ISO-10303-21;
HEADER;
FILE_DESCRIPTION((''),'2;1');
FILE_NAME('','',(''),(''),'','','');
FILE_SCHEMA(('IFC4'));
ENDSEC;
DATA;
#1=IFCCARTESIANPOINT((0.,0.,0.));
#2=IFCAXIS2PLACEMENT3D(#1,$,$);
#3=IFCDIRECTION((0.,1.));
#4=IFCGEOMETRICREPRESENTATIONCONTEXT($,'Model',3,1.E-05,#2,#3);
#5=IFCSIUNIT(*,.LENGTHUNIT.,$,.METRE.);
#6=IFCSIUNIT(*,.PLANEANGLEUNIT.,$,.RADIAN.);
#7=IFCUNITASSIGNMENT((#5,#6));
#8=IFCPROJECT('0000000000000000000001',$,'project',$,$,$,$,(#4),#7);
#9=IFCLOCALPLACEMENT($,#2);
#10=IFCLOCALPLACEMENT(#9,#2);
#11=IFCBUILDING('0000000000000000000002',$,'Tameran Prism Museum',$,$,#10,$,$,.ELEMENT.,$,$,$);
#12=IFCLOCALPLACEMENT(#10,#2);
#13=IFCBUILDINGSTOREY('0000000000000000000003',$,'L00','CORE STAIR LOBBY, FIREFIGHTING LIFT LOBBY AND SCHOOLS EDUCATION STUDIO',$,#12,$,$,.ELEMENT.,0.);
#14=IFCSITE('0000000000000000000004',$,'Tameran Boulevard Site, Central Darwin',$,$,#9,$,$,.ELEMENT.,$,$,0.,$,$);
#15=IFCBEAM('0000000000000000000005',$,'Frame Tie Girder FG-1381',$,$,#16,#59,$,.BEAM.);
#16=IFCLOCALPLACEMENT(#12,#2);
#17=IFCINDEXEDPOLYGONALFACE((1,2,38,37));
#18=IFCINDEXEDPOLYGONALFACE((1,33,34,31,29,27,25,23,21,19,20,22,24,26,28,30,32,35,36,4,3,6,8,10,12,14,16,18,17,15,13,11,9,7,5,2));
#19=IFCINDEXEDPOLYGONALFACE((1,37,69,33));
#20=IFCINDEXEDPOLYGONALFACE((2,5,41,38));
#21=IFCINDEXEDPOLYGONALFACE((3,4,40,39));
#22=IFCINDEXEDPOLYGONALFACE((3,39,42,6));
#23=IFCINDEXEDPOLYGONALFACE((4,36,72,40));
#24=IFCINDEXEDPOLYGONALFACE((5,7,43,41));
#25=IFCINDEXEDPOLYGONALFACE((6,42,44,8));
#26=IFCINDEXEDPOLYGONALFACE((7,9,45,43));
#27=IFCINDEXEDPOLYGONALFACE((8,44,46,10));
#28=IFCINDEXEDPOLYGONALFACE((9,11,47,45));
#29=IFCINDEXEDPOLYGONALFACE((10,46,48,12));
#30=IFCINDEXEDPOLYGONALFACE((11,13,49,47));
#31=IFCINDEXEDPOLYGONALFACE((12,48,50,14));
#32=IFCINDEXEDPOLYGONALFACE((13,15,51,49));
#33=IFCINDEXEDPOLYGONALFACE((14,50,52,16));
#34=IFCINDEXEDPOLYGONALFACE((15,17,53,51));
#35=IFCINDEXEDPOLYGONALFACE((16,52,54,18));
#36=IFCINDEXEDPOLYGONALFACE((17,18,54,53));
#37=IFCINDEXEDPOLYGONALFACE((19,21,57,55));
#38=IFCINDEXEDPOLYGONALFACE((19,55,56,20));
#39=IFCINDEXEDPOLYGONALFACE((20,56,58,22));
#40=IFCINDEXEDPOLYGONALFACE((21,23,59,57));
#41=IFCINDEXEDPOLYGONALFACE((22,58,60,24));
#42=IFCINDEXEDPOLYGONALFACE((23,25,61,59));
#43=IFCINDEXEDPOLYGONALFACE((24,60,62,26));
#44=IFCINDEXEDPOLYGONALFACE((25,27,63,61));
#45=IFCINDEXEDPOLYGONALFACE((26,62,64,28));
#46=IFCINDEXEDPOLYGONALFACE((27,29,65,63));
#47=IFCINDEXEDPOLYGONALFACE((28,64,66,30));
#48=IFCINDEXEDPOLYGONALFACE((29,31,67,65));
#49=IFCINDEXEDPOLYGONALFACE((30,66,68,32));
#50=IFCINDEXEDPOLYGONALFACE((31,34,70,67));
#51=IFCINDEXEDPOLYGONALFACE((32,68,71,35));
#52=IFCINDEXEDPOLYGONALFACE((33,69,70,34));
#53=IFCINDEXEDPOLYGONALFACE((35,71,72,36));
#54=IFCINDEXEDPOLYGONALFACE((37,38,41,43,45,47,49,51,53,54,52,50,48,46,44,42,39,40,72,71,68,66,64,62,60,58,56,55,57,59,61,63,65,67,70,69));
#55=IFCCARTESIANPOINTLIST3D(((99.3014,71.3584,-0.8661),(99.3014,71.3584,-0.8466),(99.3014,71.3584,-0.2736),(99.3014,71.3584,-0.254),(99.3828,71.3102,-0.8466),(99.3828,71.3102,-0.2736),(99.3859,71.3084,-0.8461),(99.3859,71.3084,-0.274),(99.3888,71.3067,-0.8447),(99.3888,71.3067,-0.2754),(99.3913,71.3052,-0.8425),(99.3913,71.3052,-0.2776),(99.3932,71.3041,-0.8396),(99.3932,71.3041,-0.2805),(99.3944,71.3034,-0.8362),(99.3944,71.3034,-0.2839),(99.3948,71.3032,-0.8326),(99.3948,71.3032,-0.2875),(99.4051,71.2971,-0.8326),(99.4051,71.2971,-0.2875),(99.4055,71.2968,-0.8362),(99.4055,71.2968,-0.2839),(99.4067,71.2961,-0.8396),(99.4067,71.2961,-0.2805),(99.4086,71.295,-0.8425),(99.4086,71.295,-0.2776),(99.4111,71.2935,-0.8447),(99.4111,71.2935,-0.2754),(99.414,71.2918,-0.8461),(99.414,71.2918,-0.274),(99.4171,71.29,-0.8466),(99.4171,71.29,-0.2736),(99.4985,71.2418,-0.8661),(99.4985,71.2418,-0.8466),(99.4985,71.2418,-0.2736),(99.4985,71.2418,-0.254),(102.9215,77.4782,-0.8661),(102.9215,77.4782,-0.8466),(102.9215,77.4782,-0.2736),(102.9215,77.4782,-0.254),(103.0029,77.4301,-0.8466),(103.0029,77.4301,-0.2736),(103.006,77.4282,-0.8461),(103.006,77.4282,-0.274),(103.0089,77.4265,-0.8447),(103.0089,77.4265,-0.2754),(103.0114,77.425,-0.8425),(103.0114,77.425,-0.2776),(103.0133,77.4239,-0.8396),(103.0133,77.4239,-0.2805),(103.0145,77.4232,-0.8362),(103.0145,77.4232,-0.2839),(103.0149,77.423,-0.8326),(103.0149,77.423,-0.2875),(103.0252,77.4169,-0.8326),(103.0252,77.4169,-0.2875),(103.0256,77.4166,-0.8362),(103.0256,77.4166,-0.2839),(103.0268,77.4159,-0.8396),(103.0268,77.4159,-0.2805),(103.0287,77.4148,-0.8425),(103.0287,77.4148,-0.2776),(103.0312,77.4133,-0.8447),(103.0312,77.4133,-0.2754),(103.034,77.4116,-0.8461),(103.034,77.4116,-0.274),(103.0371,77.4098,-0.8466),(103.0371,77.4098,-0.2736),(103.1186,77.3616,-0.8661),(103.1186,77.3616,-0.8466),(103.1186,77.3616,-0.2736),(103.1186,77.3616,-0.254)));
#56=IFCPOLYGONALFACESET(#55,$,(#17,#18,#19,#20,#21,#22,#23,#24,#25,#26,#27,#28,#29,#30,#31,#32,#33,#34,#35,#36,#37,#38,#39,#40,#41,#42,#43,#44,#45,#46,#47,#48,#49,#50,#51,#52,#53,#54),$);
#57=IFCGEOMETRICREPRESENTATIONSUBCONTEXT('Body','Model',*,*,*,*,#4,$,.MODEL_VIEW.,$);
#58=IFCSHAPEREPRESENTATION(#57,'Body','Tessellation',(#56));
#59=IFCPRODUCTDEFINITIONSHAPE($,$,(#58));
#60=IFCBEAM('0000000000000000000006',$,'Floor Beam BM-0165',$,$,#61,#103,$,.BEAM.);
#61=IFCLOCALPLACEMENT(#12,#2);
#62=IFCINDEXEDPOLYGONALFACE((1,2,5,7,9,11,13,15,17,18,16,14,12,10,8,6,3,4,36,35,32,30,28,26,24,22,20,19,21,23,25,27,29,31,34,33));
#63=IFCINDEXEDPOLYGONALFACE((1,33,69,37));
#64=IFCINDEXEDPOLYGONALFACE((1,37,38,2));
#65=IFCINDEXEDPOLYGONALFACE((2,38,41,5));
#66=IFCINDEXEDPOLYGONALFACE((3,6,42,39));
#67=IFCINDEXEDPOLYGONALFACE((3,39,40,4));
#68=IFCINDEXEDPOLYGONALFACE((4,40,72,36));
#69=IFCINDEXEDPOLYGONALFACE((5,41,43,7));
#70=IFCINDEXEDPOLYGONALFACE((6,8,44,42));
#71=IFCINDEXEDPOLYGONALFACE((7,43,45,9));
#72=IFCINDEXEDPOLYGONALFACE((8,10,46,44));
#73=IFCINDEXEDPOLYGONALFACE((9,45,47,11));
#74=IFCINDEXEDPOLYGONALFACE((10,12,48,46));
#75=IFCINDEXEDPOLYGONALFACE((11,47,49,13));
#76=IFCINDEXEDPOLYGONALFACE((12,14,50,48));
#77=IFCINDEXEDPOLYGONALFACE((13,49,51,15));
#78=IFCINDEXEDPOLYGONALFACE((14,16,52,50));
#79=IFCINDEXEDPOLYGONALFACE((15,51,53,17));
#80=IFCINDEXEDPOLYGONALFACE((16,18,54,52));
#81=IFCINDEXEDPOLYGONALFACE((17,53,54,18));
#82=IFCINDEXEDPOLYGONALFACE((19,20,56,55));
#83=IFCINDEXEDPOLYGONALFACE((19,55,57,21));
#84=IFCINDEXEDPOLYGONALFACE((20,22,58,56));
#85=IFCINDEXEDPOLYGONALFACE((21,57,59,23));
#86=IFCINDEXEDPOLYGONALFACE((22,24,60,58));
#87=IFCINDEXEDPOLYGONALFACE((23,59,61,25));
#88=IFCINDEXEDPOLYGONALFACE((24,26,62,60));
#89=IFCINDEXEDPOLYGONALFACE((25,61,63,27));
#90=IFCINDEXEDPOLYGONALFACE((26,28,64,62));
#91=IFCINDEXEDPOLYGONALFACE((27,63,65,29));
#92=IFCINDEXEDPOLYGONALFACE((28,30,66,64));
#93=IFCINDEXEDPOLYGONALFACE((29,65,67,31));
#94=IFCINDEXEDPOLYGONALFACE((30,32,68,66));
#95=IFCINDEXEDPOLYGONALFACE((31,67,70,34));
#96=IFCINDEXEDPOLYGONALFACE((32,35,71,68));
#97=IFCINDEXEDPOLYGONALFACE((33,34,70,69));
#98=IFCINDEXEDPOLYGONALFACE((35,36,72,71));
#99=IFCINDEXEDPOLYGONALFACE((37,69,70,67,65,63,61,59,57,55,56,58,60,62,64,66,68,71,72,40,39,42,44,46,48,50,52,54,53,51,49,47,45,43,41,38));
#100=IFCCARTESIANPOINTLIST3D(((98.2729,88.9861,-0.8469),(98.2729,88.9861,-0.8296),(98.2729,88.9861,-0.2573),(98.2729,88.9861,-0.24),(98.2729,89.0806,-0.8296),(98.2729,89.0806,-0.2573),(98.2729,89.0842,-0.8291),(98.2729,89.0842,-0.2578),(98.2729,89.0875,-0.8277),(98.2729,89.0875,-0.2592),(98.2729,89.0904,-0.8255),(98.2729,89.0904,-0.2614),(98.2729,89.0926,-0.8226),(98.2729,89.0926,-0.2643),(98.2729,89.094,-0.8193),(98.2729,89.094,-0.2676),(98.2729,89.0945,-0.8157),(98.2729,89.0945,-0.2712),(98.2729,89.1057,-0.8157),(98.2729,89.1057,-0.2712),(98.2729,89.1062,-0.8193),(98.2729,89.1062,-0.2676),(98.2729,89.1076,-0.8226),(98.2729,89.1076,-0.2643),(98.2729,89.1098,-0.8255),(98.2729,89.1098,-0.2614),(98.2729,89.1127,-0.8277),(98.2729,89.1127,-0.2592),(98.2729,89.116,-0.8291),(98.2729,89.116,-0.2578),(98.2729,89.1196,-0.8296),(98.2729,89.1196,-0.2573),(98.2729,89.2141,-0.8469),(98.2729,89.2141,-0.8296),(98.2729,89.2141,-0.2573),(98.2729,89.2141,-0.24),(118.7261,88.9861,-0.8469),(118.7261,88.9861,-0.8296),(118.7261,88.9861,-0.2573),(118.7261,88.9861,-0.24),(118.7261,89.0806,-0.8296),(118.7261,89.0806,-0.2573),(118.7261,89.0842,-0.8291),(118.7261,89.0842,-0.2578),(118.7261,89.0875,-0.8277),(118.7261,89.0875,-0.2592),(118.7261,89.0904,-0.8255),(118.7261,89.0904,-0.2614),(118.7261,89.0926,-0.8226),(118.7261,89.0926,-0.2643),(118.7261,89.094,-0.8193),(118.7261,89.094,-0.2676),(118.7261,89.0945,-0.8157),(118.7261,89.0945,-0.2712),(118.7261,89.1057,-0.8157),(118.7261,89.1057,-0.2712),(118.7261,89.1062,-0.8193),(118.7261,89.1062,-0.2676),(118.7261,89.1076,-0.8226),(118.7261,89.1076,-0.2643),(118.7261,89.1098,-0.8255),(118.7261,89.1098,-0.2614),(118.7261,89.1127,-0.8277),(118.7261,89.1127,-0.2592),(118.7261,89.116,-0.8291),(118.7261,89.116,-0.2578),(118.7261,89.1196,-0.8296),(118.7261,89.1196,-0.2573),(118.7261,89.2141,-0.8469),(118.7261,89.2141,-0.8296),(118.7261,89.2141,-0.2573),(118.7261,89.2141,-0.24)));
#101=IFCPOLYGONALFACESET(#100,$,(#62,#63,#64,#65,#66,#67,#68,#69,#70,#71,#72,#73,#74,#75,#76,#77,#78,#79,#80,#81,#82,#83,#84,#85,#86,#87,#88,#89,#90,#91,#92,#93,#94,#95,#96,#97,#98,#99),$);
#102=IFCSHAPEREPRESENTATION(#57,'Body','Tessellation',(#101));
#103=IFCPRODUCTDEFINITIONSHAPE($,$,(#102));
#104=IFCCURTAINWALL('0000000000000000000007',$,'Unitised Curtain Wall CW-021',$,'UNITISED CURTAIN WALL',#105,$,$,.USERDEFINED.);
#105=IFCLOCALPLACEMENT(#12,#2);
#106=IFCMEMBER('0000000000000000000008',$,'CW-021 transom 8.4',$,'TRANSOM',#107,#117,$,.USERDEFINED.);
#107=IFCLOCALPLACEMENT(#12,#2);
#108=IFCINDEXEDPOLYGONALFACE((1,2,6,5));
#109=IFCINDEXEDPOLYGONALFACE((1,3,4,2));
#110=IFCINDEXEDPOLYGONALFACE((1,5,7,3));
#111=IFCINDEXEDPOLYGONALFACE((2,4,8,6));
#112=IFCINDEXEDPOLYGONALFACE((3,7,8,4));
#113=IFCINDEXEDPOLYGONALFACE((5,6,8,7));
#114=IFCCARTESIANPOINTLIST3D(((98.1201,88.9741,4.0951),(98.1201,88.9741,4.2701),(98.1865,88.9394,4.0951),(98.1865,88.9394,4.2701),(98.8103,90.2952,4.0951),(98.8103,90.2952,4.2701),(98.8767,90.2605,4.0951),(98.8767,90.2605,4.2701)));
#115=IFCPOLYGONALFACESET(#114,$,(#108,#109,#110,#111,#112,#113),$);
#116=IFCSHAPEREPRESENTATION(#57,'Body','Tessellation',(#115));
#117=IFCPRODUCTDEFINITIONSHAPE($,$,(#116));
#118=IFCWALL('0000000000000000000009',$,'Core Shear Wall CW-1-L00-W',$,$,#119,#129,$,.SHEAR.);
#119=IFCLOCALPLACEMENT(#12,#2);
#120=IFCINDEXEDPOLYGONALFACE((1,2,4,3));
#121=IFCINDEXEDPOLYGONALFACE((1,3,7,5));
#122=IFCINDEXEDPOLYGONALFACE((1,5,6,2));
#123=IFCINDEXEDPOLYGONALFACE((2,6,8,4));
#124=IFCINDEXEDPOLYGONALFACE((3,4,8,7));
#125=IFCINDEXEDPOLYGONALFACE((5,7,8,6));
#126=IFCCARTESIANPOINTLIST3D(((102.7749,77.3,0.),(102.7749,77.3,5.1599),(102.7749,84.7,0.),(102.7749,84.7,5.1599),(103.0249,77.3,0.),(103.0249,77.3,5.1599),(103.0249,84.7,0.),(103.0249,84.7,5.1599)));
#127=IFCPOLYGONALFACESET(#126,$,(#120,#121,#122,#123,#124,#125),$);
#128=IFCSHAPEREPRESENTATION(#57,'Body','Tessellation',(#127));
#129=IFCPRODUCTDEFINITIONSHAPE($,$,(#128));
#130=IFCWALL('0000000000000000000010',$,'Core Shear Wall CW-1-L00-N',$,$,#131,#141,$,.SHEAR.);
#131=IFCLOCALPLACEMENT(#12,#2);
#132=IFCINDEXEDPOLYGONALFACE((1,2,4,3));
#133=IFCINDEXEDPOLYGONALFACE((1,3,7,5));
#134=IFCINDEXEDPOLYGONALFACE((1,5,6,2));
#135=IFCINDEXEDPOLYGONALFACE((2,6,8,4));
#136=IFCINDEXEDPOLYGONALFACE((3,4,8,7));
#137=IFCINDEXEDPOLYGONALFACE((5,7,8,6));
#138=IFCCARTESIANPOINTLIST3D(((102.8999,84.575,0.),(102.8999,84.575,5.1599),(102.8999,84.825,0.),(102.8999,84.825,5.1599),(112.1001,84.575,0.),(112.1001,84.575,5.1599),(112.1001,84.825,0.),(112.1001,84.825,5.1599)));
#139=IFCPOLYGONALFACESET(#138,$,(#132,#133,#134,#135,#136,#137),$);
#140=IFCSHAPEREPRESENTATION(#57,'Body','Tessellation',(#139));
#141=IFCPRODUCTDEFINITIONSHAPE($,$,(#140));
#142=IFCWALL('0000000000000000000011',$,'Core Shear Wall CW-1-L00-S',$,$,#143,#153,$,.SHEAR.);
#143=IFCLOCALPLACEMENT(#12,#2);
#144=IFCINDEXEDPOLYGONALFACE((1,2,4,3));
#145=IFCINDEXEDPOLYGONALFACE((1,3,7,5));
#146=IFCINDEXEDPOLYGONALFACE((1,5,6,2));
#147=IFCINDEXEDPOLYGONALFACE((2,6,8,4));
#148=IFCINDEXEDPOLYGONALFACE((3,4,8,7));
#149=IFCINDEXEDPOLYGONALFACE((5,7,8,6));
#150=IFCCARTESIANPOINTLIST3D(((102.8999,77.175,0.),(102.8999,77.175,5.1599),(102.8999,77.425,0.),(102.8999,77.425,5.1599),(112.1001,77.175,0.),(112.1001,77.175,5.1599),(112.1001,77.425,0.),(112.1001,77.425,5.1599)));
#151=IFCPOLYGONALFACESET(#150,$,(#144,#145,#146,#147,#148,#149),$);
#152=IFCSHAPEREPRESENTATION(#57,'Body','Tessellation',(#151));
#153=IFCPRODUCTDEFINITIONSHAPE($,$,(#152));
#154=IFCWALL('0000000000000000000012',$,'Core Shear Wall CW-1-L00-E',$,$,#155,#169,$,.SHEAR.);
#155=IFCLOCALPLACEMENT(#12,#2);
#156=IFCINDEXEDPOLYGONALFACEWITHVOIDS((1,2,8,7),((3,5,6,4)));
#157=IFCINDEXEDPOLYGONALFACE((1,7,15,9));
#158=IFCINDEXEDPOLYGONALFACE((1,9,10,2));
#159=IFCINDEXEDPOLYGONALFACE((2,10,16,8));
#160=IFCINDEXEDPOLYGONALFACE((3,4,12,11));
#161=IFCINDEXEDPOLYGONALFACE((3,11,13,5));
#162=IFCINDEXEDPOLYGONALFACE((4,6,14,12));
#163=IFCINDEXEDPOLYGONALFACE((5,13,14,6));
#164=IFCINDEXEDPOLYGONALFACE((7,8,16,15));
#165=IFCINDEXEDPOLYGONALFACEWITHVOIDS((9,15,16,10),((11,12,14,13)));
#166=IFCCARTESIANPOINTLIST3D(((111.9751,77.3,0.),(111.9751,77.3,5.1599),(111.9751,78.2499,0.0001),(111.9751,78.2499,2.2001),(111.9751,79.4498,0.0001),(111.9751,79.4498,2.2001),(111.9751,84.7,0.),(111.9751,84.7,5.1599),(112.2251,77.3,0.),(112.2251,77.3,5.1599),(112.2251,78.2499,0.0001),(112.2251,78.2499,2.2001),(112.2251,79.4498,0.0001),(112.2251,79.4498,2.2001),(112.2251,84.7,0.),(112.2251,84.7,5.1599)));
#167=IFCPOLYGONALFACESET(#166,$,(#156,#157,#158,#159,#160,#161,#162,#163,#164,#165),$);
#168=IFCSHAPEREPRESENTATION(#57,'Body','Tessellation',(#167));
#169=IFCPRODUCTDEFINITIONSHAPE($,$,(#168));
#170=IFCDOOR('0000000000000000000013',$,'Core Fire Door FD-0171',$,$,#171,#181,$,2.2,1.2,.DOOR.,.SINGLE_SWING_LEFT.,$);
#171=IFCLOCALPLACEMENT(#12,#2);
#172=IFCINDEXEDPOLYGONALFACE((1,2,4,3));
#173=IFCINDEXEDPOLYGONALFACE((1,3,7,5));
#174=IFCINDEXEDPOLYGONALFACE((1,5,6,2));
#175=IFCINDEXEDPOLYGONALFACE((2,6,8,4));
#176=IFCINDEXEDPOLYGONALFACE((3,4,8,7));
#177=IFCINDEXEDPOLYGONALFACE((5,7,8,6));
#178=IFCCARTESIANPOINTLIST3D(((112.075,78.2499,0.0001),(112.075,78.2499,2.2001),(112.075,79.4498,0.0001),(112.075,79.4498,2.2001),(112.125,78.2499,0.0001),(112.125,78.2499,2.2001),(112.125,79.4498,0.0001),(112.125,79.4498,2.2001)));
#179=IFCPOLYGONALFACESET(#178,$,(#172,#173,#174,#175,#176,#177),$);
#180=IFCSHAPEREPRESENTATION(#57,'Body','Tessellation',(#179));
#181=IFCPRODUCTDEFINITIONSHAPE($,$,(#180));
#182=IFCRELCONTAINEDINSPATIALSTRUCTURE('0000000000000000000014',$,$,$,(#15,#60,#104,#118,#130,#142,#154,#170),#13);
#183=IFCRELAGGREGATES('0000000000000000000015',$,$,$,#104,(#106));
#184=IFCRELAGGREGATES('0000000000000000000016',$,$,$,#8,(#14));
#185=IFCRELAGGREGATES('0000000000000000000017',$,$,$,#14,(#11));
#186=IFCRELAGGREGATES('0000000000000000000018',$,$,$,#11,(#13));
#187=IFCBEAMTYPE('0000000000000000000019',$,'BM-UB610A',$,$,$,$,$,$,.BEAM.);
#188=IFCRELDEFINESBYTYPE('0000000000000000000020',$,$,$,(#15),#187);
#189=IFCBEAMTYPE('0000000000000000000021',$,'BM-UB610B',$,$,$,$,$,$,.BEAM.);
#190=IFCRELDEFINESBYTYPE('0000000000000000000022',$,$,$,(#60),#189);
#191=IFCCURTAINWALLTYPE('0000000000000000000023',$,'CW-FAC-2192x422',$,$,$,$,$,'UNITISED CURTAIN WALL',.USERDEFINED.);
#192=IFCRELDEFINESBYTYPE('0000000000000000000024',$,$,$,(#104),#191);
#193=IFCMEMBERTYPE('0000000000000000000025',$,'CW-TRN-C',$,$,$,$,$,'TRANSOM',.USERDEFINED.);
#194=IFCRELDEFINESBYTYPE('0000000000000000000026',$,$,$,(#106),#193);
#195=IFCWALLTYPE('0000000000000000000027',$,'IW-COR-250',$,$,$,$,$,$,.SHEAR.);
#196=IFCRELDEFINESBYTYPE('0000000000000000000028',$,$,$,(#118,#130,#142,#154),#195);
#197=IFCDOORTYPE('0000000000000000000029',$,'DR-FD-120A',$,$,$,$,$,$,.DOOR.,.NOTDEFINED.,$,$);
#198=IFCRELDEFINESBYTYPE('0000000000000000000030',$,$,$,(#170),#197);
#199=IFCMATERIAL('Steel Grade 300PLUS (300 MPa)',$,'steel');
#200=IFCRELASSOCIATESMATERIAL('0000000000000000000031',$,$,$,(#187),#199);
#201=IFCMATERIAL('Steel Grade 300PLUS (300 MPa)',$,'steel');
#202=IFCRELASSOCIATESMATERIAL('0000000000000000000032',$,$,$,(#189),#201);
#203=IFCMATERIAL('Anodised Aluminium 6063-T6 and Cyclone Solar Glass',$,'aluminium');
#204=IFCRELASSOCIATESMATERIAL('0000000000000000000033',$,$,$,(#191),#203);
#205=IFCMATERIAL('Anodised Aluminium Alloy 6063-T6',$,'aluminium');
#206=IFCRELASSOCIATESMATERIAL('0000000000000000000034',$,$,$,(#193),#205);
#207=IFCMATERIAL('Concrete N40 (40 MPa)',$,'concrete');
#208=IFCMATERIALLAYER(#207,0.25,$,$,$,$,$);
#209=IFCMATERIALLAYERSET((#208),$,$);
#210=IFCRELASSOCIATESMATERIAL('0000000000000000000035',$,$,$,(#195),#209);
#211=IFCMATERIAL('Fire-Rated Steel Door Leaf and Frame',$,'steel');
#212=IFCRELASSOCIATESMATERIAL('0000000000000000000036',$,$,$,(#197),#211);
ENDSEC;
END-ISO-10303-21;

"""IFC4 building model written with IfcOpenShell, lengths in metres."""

from ifc_helpers import new_model, si_unit, direction, frame, frame_2d, origin, origin_2d, place, context, subcontext, project, spatial, rectangle, i_section, extrude, material, layer, layer_set, material_profile, profile_set, type_object, element, fill, aggregate, save


model = new_model("IFC4")

# Units and contexts
model_context = context("Model", 3, precision=1e-05, world=origin(), true_north=direction((0.0, 1.0)))
body_context = subcontext(model_context, "Body", "Model", "MODEL_VIEW")
ifc_project = project(units=[si_unit("LENGTHUNIT", "METRE"), si_unit("PLANEANGLEUNIT", "RADIAN")], contexts=[model_context])

# Site, building, storey
site_placement = place(None, origin())
site = spatial("IfcSite", under=ifc_project, at=site_placement, Name="Tameran Boulevard Site, Central Darwin", CompositionType="ELEMENT", RefElevation=0.0)
building_placement = place(site_placement, origin())
building = spatial("IfcBuilding", under=site, at=building_placement, Name="Tameran Prism Museum", CompositionType="ELEMENT")
storey_placement = place(building_placement, origin())
storey = spatial("IfcBuildingStorey", under=building, at=storey_placement, Name="L00", Description="CORE STAIR LOBBY, FIREFIGHTING LIFT LOBBY AND SCHOOLS EDUCATION STUDIO", CompositionType="ELEMENT", Elevation=0.0)

# Beams
ifc_material_1 = material(Name="Steel Grade 300PLUS (300 MPa)", Category="steel")
ifc_material_profile_1 = material_profile(ifc_material_1, i_section(OverallWidth=0.229, OverallDepth=0.6121, WebThickness=0.012, FlangeThickness=0.0195, FilletRadius=0.0139, at=origin_2d()))
ifc_profile_set_1 = profile_set([ifc_material_profile_1])
beam_type_1 = type_object("IfcBeamType", Name="BM-UB610A", PredefinedType="BEAM", material=ifc_profile_set_1)
beam_1_placement = place(storey_placement, frame((103.02, 77.4199, -0.5601), z_axis=(-0.509128, -0.860691, 0.0), x_axis=(0.860691, -0.509128, 0.0)))
element("IfcBeam", 1, at=beam_1_placement, inside=storey, type_object=beam_type_1, Name="Frame Tie Girder FG-1381", PredefinedType="BEAM", context=body_context, shape_type="SweptSolid", body=[
    extrude(i_section(OverallWidth=0.229, OverallDepth=0.6121, WebThickness=0.012, FlangeThickness=0.0195, FilletRadius=0.0139, at=origin_2d()), origin(), (0.0, 0.0, 1.0), 7.1104),
])
ifc_material_2 = material(Name="Steel Grade 300PLUS (300 MPa)", Category="steel")
ifc_material_profile_2 = material_profile(ifc_material_2, i_section(OverallWidth=0.228, OverallDepth=0.6069, WebThickness=0.0112, FlangeThickness=0.0173, FilletRadius=0.0139, at=origin_2d()))
ifc_profile_set_2 = profile_set([ifc_material_profile_2])
beam_type_2 = type_object("IfcBeamType", Name="BM-UB610B", PredefinedType="BEAM", material=ifc_profile_set_2)
beam_2_placement = place(storey_placement, frame((98.2729, 89.1001, -0.5435), z_axis=(1.0, 0.0, 0.0), x_axis=(0.0, 1.0, 0.0)))
element("IfcBeam", 2, at=beam_2_placement, inside=storey, type_object=beam_type_2, Name="Floor Beam BM-0165", PredefinedType="BEAM", context=body_context, shape_type="SweptSolid", body=[
    extrude(i_section(OverallWidth=0.228, OverallDepth=0.6069, WebThickness=0.0112, FlangeThickness=0.0173, FilletRadius=0.0139, at=origin_2d()), origin(), (0.0, 0.0, 1.0), 20.4531),
])

# Curtain wall, member
ifc_material_3 = material(Name="Anodised Aluminium 6063-T6 and Cyclone Solar Glass", Category="aluminium")
curtain_wall_type = type_object("IfcCurtainWallType", Name="CW-FAC-2192x422", ElementType="UNITISED CURTAIN WALL", PredefinedType="USERDEFINED", material=ifc_material_3)
curtain_wall_placement = place(storey_placement, origin())
curtain_wall = element("IfcCurtainWall", 3, at=curtain_wall_placement, inside=storey, type_object=curtain_wall_type, Name="Unitised Curtain Wall CW-021", ObjectType="UNITISED CURTAIN WALL", PredefinedType="USERDEFINED")
ifc_material_4 = material(Name="Anodised Aluminium Alloy 6063-T6", Category="aluminium")
ifc_material_profile_3 = material_profile(ifc_material_4, rectangle(XDim=0.075, YDim=0.175, at=origin_2d()))
ifc_profile_set_3 = profile_set([ifc_material_profile_3])
member_type = type_object("IfcMemberType", Name="CW-TRN-C", ElementType="TRANSOM", PredefinedType="USERDEFINED", material=ifc_profile_set_3)
member_placement = place(storey_placement, frame((98.1533, 88.9568, 4.1826), z_axis=(0.463064, 0.886325, 0.0), x_axis=(-0.886325, 0.463064, 0.0)))
member = element("IfcMember", 4, at=member_placement, type_object=member_type, Name="CW-021 transom 8.4", ObjectType="TRANSOM", PredefinedType="USERDEFINED", context=body_context, shape_type="SweptSolid", body=[
    extrude(rectangle(XDim=0.075, YDim=0.175, at=origin_2d()), origin(), (0.0, 0.0, 1.0), 1.4905),
])
aggregate(curtain_wall, [member])

# Walls
ifc_material_5 = material(Name="Concrete N40 (40 MPa)", Category="concrete")
ifc_layer_1 = layer(ifc_material_5, 0.25)
ifc_layer_set_1 = layer_set([ifc_layer_1])
wall_type_1 = type_object("IfcWallType", Name="IW-COR-250", PredefinedType="SHEAR", material=ifc_layer_set_1)
wall_1_placement = place(storey_placement, frame((102.8999, 77.3, 0.0), z_axis=(0.0, 0.0, 1.0), x_axis=(0.0, 1.0, 0.0)))
element("IfcWall", 5, at=wall_1_placement, inside=storey, type_object=wall_type_1, Name="Core Shear Wall CW-1-L00-W", PredefinedType="SHEAR", context=body_context, shape_type="SweptSolid", body=[
    extrude(rectangle(XDim=7.3999, YDim=0.25, at=frame_2d((3.7, 0.0))), origin(), (0.0, 0.0, 1.0), 5.1599),
])
for number, where, z_axis, x_axis, name in (
    (6, (102.8999, 84.7, 0.0), (0.0, 0.0, 1.0), (1.0, 0.0, 0.0), "Core Shear Wall CW-1-L00-N"),
    (7, (112.1001, 77.3, 0.0), (0.0, 0.0, 1.0), (-1.0, 0.0, 0.0), "Core Shear Wall CW-1-L00-S"),
):
    element("IfcWall", number, at=place(storey_placement, frame(where, z_axis=z_axis, x_axis=x_axis)), inside=storey, type_object=wall_type_1, Name=name, PredefinedType="SHEAR", context=body_context, shape_type="SweptSolid", body=[
        extrude(rectangle(XDim=9.2002, YDim=0.25, at=frame_2d((4.6001, 0.0))), origin(), (0.0, 0.0, 1.0), 5.1599),
    ])

# Wall, opening, door
wall_2_placement = place(storey_placement, frame((112.1001, 84.7, 0.0), z_axis=(0.0, 0.0, 1.0), x_axis=(0.0, -1.0, 0.0)))
wall_2 = element("IfcWall", 8, at=wall_2_placement, inside=storey, type_object=wall_type_1, Name="Core Shear Wall CW-1-L00-E", PredefinedType="SHEAR", context=body_context, shape_type="SweptSolid", body=[
    extrude(rectangle(XDim=7.3999, YDim=0.25, at=frame_2d((3.7, 0.0))), origin(), (0.0, 0.0, 1.0), 5.1599),
])
opening_1_placement = place(wall_2_placement, frame((5.25, 0.0, 0.0)))
opening_1 = element("IfcOpeningElement", 9, at=opening_1_placement, cuts=wall_2, PredefinedType="OPENING", context=body_context, shape_type="SweptSolid", body=[
    extrude(rectangle(XDim=1.2, YDim=2.2, at=frame_2d((0.6001, 1.1001))), frame((0.0, 0.135, 0.0), z_axis=(0.0, -1.0, 0.0), x_axis=(1.0, 0.0, 0.0)), (0.0, 0.0, 1.0), 0.27),
])
ifc_material_6 = material(Name="Fire-Rated Steel Door Leaf and Frame", Category="steel")
door_type = type_object("IfcDoorType", Name="DR-FD-120A", OperationType="NOTDEFINED", PredefinedType="DOOR", material=ifc_material_6)
door_1_placement = place(opening_1_placement, origin())
door_1 = element("IfcDoor", 10, at=door_1_placement, inside=storey, type_object=door_type, Name="Core Fire Door FD-0171", OperationType="SINGLE_SWING_LEFT", OverallHeight=2.2, OverallWidth=1.2, PredefinedType="DOOR", context=body_context, shape_type="SweptSolid", body=[
    extrude(rectangle(XDim=1.2, YDim=2.2, at=frame_2d((0.6001, 1.1001))), frame((0.0, 0.0249, 0.0), z_axis=(0.0, -1.0, 0.0), x_axis=(1.0, 0.0, 0.0)), (0.0, 0.0, 1.0), 0.05),
])
fill(opening_1, door_1)

save(model, "model.ifc")
